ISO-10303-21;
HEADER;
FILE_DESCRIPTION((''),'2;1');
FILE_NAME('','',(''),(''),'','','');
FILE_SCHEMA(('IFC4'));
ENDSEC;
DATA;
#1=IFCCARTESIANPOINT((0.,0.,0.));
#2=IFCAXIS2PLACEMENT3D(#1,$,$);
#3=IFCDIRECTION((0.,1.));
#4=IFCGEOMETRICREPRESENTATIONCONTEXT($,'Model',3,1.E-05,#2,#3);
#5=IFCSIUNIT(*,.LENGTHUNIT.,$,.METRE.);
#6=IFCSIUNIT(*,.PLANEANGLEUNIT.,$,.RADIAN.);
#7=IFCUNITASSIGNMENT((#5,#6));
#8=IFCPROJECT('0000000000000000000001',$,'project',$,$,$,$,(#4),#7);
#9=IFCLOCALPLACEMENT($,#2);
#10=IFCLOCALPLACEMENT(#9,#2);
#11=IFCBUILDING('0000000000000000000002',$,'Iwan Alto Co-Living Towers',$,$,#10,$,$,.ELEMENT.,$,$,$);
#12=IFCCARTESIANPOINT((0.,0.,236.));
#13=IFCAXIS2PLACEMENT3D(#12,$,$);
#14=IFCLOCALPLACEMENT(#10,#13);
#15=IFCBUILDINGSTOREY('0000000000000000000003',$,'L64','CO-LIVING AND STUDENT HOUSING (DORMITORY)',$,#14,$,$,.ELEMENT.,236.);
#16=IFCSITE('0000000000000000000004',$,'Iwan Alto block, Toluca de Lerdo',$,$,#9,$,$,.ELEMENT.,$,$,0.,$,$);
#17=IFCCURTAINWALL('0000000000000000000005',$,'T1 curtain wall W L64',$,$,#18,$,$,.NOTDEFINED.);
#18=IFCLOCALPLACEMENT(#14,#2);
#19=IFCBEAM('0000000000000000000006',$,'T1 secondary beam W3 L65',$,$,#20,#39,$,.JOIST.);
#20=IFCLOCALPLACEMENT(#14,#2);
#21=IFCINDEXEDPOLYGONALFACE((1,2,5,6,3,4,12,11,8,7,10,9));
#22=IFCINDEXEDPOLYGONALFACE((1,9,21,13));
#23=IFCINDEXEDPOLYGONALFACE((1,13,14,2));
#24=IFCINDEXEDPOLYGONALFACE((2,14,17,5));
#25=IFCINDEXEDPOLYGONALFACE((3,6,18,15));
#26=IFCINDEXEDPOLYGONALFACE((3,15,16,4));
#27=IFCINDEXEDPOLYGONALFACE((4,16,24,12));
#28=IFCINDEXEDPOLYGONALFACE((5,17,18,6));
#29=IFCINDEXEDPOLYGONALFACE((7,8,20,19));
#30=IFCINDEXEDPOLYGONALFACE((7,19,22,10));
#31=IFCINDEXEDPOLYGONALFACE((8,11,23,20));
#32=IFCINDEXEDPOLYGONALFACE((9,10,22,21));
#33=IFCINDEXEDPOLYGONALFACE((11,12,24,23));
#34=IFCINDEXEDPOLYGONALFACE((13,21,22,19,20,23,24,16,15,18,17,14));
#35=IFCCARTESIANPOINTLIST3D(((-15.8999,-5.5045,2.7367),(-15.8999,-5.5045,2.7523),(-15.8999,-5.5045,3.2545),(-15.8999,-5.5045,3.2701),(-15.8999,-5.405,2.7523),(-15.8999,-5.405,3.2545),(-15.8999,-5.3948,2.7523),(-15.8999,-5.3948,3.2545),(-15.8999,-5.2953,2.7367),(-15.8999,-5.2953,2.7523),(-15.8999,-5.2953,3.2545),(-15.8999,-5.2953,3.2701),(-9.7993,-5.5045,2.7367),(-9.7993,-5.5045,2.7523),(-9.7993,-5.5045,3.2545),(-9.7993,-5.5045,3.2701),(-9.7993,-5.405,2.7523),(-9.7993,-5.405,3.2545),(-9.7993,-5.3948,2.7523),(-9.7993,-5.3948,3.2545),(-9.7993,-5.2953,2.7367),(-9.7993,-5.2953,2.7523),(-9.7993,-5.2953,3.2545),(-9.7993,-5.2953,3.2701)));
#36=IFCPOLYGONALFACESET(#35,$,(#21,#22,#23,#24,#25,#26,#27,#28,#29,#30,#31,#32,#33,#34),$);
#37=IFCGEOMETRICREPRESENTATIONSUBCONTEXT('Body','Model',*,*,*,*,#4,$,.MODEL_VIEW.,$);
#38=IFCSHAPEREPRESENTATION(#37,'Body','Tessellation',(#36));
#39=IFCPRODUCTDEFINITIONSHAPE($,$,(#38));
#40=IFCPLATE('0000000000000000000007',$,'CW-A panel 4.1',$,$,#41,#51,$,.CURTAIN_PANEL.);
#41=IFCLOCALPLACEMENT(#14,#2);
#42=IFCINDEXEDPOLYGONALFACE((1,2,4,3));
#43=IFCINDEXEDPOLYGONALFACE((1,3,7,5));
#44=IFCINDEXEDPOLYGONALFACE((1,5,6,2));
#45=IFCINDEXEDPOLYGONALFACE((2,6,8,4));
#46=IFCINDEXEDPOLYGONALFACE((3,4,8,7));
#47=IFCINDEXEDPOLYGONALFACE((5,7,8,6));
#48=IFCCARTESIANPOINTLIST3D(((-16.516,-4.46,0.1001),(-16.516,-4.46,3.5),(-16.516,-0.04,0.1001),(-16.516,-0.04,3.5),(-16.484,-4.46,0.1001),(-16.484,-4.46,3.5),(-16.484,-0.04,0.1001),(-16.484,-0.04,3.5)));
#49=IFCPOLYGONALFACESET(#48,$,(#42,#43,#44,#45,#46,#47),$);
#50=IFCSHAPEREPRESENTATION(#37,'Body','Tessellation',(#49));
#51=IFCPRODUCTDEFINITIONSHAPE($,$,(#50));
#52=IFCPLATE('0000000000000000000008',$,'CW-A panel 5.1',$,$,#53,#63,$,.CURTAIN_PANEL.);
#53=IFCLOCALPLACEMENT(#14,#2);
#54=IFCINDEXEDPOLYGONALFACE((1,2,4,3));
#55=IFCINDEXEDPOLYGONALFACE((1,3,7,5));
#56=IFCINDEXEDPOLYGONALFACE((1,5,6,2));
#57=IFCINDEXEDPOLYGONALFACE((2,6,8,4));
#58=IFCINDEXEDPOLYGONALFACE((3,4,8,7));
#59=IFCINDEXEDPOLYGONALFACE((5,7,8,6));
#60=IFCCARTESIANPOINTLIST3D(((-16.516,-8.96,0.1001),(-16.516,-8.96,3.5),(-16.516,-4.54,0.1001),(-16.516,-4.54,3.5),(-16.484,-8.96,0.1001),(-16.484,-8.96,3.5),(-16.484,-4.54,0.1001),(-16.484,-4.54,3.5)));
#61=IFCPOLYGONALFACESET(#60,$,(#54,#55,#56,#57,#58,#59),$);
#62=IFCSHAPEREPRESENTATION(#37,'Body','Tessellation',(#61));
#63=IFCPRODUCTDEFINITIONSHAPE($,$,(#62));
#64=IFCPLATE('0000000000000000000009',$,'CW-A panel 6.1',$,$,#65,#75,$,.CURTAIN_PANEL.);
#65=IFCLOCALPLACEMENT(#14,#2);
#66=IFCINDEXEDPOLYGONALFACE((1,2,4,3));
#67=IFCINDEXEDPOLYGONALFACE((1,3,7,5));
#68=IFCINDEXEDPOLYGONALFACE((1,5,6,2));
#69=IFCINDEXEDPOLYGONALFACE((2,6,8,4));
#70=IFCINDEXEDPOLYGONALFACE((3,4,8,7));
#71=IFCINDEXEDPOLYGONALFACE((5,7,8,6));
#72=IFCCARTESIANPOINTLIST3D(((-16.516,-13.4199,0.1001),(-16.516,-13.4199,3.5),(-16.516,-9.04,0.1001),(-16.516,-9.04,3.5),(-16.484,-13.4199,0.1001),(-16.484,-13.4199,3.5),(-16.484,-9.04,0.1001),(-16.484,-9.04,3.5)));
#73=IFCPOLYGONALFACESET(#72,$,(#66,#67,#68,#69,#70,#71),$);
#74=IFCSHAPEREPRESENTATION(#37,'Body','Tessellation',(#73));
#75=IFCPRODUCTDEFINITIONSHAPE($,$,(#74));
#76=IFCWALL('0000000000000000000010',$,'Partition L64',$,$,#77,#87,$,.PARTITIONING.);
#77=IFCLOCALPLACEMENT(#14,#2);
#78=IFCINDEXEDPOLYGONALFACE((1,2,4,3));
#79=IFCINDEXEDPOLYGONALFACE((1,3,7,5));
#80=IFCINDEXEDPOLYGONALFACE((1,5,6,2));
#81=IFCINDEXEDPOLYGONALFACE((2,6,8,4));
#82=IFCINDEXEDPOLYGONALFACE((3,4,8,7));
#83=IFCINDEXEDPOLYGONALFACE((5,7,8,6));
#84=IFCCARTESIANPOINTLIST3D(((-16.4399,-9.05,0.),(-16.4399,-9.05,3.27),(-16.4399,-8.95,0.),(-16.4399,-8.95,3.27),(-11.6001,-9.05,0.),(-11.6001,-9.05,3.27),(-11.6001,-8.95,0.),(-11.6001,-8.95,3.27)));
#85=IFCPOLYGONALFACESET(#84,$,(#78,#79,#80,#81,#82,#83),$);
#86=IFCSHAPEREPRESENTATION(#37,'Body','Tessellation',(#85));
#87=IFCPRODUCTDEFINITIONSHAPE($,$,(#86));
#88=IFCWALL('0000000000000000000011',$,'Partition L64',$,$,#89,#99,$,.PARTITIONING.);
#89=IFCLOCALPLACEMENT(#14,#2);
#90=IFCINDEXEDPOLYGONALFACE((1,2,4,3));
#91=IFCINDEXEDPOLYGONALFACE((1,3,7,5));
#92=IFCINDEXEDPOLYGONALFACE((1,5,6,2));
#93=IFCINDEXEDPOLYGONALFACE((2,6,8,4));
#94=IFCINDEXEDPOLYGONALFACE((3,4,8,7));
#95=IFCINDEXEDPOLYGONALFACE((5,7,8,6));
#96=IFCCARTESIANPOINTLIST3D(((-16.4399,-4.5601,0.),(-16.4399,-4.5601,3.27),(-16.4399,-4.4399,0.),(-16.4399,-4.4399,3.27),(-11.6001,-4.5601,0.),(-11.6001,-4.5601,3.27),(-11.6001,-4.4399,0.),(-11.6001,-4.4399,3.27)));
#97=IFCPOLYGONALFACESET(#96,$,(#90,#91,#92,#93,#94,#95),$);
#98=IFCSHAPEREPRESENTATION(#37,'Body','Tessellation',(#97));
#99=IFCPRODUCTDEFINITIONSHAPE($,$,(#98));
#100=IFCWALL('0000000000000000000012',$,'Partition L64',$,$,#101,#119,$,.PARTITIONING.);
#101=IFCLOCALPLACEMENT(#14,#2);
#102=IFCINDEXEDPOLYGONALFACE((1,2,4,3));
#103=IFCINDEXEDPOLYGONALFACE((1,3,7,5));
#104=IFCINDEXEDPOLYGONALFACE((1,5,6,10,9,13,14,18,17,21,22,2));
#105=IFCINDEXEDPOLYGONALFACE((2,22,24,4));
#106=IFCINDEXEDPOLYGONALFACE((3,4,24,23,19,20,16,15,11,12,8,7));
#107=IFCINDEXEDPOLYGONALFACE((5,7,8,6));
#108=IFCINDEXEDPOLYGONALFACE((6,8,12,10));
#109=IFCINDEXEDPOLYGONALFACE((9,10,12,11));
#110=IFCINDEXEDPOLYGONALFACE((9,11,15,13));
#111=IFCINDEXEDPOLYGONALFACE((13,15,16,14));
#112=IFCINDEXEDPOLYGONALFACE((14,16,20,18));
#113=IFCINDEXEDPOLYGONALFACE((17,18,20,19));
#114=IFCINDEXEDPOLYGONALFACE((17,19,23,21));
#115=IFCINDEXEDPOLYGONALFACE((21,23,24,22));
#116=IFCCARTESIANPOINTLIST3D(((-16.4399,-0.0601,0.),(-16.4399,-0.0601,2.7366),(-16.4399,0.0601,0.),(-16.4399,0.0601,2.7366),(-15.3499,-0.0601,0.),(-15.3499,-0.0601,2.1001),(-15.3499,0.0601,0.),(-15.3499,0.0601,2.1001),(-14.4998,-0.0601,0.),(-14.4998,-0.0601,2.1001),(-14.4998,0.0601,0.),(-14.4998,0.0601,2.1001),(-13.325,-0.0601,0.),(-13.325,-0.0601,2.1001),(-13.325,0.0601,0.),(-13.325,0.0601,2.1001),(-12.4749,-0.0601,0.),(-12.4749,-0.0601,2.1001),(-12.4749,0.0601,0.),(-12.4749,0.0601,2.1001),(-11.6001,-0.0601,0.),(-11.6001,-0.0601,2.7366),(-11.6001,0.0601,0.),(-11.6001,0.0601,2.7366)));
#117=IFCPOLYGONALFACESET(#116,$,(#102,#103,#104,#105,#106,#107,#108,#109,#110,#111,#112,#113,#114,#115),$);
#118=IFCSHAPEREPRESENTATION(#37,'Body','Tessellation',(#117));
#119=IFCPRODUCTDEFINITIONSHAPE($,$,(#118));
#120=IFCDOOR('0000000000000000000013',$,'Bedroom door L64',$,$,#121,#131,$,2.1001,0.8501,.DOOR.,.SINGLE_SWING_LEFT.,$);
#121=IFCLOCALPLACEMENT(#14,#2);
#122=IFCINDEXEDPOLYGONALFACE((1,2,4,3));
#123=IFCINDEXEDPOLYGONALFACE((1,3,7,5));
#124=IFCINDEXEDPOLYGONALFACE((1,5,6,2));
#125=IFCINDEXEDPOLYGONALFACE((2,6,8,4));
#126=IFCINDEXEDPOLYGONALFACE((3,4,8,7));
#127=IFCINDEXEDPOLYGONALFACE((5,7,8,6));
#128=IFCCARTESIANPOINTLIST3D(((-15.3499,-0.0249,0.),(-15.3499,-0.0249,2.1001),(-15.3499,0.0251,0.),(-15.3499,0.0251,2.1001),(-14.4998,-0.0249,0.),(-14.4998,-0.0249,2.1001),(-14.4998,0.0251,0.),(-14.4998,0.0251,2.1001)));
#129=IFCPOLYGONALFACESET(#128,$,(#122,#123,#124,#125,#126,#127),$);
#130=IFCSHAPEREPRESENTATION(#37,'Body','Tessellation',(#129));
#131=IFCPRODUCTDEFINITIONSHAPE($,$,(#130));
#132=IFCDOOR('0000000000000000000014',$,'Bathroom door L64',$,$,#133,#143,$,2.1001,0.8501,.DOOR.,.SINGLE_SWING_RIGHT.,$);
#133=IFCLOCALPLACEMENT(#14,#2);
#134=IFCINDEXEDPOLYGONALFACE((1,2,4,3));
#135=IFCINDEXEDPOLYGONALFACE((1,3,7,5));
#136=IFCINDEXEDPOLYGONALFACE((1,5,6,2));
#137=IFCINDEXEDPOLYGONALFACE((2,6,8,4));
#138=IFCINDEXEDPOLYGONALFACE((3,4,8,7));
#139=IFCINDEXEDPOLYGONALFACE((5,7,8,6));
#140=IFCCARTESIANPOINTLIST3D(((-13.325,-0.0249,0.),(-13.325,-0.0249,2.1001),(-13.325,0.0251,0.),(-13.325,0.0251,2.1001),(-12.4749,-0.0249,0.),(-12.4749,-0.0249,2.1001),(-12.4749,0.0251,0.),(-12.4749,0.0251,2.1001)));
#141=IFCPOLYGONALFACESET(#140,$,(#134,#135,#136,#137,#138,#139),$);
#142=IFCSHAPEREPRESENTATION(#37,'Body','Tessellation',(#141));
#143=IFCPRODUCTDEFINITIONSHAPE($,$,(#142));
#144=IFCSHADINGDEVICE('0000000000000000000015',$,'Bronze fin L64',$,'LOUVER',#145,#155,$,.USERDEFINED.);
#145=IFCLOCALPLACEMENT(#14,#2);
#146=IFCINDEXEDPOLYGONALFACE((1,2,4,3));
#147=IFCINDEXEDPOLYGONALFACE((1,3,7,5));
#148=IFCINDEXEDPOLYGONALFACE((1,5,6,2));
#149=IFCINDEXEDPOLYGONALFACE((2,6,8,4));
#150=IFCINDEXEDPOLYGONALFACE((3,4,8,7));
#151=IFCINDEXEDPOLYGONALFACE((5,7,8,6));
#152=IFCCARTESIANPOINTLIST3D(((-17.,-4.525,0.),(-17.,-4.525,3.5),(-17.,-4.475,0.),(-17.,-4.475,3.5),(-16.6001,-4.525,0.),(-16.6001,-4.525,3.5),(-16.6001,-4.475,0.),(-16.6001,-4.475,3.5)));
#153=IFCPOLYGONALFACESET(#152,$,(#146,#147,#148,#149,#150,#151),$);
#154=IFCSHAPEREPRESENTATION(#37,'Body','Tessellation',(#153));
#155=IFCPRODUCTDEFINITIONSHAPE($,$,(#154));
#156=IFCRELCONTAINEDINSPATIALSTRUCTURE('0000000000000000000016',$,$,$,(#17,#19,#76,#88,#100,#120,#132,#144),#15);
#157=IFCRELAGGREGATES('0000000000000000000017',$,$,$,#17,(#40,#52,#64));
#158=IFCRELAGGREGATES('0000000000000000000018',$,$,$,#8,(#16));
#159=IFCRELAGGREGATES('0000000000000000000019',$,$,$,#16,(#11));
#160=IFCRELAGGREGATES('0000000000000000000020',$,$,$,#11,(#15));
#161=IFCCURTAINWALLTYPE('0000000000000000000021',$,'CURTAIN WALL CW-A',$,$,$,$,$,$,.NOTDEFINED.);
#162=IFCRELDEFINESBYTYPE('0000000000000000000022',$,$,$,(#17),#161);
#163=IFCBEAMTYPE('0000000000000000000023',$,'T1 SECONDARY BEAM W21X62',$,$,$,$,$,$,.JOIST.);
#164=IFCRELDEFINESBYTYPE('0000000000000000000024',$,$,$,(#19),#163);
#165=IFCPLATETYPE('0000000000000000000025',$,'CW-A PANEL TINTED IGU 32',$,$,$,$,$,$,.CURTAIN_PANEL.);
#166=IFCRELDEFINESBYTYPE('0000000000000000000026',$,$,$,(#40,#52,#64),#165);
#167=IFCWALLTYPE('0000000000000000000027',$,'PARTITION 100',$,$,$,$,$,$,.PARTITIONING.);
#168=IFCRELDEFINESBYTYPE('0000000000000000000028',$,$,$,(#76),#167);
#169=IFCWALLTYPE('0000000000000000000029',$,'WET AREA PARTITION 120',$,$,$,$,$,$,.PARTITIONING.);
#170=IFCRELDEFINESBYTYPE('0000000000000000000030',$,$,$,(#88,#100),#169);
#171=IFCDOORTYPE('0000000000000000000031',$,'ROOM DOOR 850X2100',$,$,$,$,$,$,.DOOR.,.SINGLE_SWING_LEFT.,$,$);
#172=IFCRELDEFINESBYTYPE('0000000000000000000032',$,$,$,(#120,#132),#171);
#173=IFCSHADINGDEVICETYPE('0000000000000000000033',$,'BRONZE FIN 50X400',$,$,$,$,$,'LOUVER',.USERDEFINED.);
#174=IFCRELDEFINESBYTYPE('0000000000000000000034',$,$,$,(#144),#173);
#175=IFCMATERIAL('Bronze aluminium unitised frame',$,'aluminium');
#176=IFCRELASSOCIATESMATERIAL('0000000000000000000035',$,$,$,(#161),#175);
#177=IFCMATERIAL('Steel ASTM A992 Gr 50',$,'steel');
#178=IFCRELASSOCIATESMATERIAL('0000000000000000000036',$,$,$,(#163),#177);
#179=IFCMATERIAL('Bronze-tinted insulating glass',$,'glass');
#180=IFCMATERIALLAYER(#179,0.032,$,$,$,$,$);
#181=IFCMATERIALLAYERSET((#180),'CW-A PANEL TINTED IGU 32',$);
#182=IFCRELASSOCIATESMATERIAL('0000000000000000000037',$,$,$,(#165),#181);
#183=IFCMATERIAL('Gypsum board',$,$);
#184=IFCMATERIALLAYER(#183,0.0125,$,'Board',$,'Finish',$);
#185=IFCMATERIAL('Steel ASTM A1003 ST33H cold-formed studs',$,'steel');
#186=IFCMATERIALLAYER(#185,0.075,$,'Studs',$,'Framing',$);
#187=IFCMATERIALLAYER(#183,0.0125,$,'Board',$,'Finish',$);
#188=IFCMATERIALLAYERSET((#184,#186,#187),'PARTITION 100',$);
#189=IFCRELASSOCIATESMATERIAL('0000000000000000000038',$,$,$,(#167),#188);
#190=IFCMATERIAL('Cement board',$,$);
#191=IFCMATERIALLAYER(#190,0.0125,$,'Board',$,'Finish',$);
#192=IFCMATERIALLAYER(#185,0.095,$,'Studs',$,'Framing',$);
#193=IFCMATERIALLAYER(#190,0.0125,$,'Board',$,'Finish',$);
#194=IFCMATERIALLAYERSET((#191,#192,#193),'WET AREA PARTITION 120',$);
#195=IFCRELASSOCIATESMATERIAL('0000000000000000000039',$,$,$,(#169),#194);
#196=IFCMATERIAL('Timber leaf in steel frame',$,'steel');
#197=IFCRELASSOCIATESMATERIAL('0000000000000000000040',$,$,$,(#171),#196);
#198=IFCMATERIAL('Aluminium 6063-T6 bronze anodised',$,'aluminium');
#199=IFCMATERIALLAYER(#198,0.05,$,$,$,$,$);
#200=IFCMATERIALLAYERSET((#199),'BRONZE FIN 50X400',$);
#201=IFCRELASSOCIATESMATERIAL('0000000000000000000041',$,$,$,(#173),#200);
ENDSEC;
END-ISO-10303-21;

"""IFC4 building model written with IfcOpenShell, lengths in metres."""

from ifc_helpers import new_model, si_unit, direction, frame, frame_2d, origin, origin_2d, place, context, subcontext, project, spatial, rectangle, i_section, extrude, material, layer, layer_set, material_profile, profile_set, type_object, element, fill, aggregate, save


model = new_model("IFC4")

# Units and contexts
model_context = context("Model", 3, precision=1e-05, world=origin(), true_north=direction((0.0, 1.0)))
body_context = subcontext(model_context, "Body", "Model", "MODEL_VIEW")
ifc_project = project(units=[si_unit("LENGTHUNIT", "METRE"), si_unit("PLANEANGLEUNIT", "RADIAN")], contexts=[model_context])

# Site, building, storey
site_placement = place(None, origin())
site = spatial("IfcSite", under=ifc_project, at=site_placement, Name="Iwan Alto block, Toluca de Lerdo", CompositionType="ELEMENT", RefElevation=0.0)
building_placement = place(site_placement, origin())
building = spatial("IfcBuilding", under=site, at=building_placement, Name="Iwan Alto Co-Living Towers", CompositionType="ELEMENT")
storey_placement = place(building_placement, frame((0.0, 0.0, 236.0)))
storey = spatial("IfcBuildingStorey", under=building, at=storey_placement, Name="L64", Description="CO-LIVING AND STUDENT HOUSING (DORMITORY)", CompositionType="ELEMENT", Elevation=236.0)

# Curtain wall
ifc_material_1 = material(Name="Bronze aluminium unitised frame", Category="aluminium")
curtain_wall_type = type_object("IfcCurtainWallType", Name="CURTAIN WALL CW-A", PredefinedType="NOTDEFINED", material=ifc_material_1)
curtain_wall_placement = place(storey_placement, origin())
curtain_wall = element("IfcCurtainWall", 1, at=curtain_wall_placement, inside=storey, type_object=curtain_wall_type, Name="T1 curtain wall W L64", PredefinedType="NOTDEFINED")

# Beam
ifc_material_2 = material(Name="Steel ASTM A992 Gr 50", Category="steel")
ifc_material_profile_1 = material_profile(ifc_material_2, i_section(OverallWidth=0.2092, OverallDepth=0.5334, WebThickness=0.0103, FlangeThickness=0.0156, at=origin_2d()), Name="W21X62")
ifc_profile_set_1 = profile_set([ifc_material_profile_1], Name="Steel ASTM A992 Gr 50")
beam_type_1 = type_object("IfcBeamType", Name="T1 SECONDARY BEAM W21X62", PredefinedType="JOIST", material=ifc_profile_set_1)
beam_1_placement = place(storey_placement, frame((-15.8999, -5.3999, 3.0034), z_axis=(1.0, 0.0, 0.0), x_axis=(0.0, 1.0, 0.0)))
element("IfcBeam", 2, at=beam_1_placement, inside=storey, type_object=beam_type_1, Name="T1 secondary beam W3 L65", PredefinedType="JOIST", context=body_context, shape_type="SweptSolid", body=[
    extrude(i_section(OverallWidth=0.2092, OverallDepth=0.5334, WebThickness=0.0103, FlangeThickness=0.0156, at=origin_2d()), origin(), (0.0, 0.0, 1.0), 6.1006),
])

# Plates
ifc_material_3 = material(Name="Bronze-tinted insulating glass", Category="glass")
ifc_layer_1 = layer(ifc_material_3, 0.032)
ifc_layer_set_1 = layer_set([ifc_layer_1], Name="CW-A PANEL TINTED IGU 32")
plate_type = type_object("IfcPlateType", Name="CW-A PANEL TINTED IGU 32", PredefinedType="CURTAIN_PANEL", material=ifc_layer_set_1)
plate_1_placement = place(storey_placement, frame((-16.5, -2.25, 0.1001), z_axis=(0.0, 0.0, 1.0), x_axis=(0.0, -1.0, 0.0)))
plate_1 = element("IfcPlate", 3, at=plate_1_placement, type_object=plate_type, Name="CW-A panel 4.1", PredefinedType="CURTAIN_PANEL", context=body_context, shape_type="SweptSolid", body=[
    extrude(rectangle(XDim=4.4199, YDim=0.032, at=origin_2d()), origin(), (0.0, 0.0, 1.0), 3.3999),
])
plate_2_placement = place(storey_placement, frame((-16.5, -6.75, 0.1001), z_axis=(0.0, 0.0, 1.0), x_axis=(0.0, -1.0, 0.0)))
plate_2 = element("IfcPlate", 4, at=plate_2_placement, type_object=plate_type, Name="CW-A panel 5.1", PredefinedType="CURTAIN_PANEL", context=body_context, shape_type="SweptSolid", body=[
    extrude(rectangle(XDim=4.4199, YDim=0.032, at=origin_2d()), origin(), (0.0, 0.0, 1.0), 3.3999),
])
plate_3_placement = place(storey_placement, frame((-16.5, -11.23, 0.1001), z_axis=(0.0, 0.0, 1.0), x_axis=(0.0, -1.0, 0.0)))
plate_3 = element("IfcPlate", 5, at=plate_3_placement, type_object=plate_type, Name="CW-A panel 6.1", PredefinedType="CURTAIN_PANEL", context=body_context, shape_type="SweptSolid", body=[
    extrude(rectangle(XDim=4.3799, YDim=0.032, at=origin_2d()), origin(), (0.0, 0.0, 1.0), 3.3999),
])
aggregate(curtain_wall, [plate_1, plate_2, plate_3])

# Walls
ifc_material_4 = material(Name="Gypsum board")
ifc_layer_2 = layer(ifc_material_4, 0.0125, Name="Board", Category="Finish")
ifc_material_5 = material(Name="Steel ASTM A1003 ST33H cold-formed studs", Category="steel")
ifc_layer_3 = layer(ifc_material_5, 0.075, Name="Studs", Category="Framing")
ifc_layer_4 = layer(ifc_material_4, 0.0125, Name="Board", Category="Finish")
ifc_layer_set_2 = layer_set([ifc_layer_2, ifc_layer_3, ifc_layer_4], Name="PARTITION 100")
wall_type_1 = type_object("IfcWallType", Name="PARTITION 100", PredefinedType="PARTITIONING", material=ifc_layer_set_2)
wall_1_placement = place(storey_placement, frame((-16.4399, -9.0, 0.0), z_axis=(0.0, 0.0, 1.0), x_axis=(1.0, 0.0, 0.0)))
element("IfcWall", 6, at=wall_1_placement, inside=storey, type_object=wall_type_1, Name="Partition L64", PredefinedType="PARTITIONING", context=body_context, shape_type="SweptSolid", body=[
    extrude(rectangle(XDim=4.8398, YDim=0.1001, at=frame_2d((2.4199, 0.0))), origin(), (0.0, 0.0, 1.0), 3.27),
])
ifc_material_6 = material(Name="Cement board")
ifc_layer_5 = layer(ifc_material_6, 0.0125, Name="Board", Category="Finish")
ifc_layer_6 = layer(ifc_material_5, 0.095, Name="Studs", Category="Framing")
ifc_layer_7 = layer(ifc_material_6, 0.0125, Name="Board", Category="Finish")
ifc_layer_set_3 = layer_set([ifc_layer_5, ifc_layer_6, ifc_layer_7], Name="WET AREA PARTITION 120")
wall_type_2 = type_object("IfcWallType", Name="WET AREA PARTITION 120", PredefinedType="PARTITIONING", material=ifc_layer_set_3)
wall_2_placement = place(storey_placement, frame((-16.4399, -4.5, 0.0), z_axis=(0.0, 0.0, 1.0), x_axis=(1.0, 0.0, 0.0)))
element("IfcWall", 7, at=wall_2_placement, inside=storey, type_object=wall_type_2, Name="Partition L64", PredefinedType="PARTITIONING", context=body_context, shape_type="SweptSolid", body=[
    extrude(rectangle(XDim=4.8398, YDim=0.1201, at=frame_2d((2.4199, 0.0))), origin(), (0.0, 0.0, 1.0), 3.27),
])

# Wall, openings, doors
wall_3_placement = place(storey_placement, frame((-16.4399, 0.0, 0.0), z_axis=(0.0, 0.0, 1.0), x_axis=(1.0, 0.0, 0.0)))
wall_3 = element("IfcWall", 8, at=wall_3_placement, inside=storey, type_object=wall_type_2, Name="Partition L64", PredefinedType="PARTITIONING", context=body_context, shape_type="SweptSolid", body=[
    extrude(rectangle(XDim=4.8398, YDim=0.1201, at=frame_2d((2.4199, 0.0))), origin(), (0.0, 0.0, 1.0), 2.7366),
])
opening_1_placement = place(wall_3_placement, frame((1.0901, 0.0, 0.0)))
opening_1 = element("IfcOpeningElement", 9, at=opening_1_placement, cuts=wall_3, PredefinedType="OPENING", context=body_context, shape_type="SweptSolid", body=[
    extrude(rectangle(XDim=0.8501, YDim=2.1001, at=frame_2d((0.425, 1.05))), frame((0.0, 0.0701, 0.0), z_axis=(0.0, -1.0, 0.0), x_axis=(1.0, 0.0, 0.0)), (0.0, 0.0, 1.0), 0.1401),
])
opening_2_placement = place(wall_3_placement, frame((3.115, 0.0, 0.0)))
opening_2 = element("IfcOpeningElement", 10, at=opening_2_placement, cuts=wall_3, PredefinedType="OPENING", context=body_context, shape_type="SweptSolid", body=[
    extrude(rectangle(XDim=0.8501, YDim=2.1001, at=frame_2d((0.425, 1.05))), frame((0.0, 0.0701, 0.0), z_axis=(0.0, -1.0, 0.0), x_axis=(1.0, 0.0, 0.0)), (0.0, 0.0, 1.0), 0.1401),
])
ifc_material_7 = material(Name="Timber leaf in steel frame", Category="steel")
door_type = type_object("IfcDoorType", Name="ROOM DOOR 850X2100", OperationType="SINGLE_SWING_LEFT", PredefinedType="DOOR", material=ifc_material_7)
door_1_placement = place(opening_1_placement, frame((0.8501, 0.0, 0.0), z_axis=(0.0, 0.0, 1.0), x_axis=(-1.0, 0.0, 0.0)))
door_1 = element("IfcDoor", 11, at=door_1_placement, inside=storey, type_object=door_type, Name="Bedroom door L64", OperationType="SINGLE_SWING_LEFT", OverallHeight=2.1001, OverallWidth=0.8501, PredefinedType="DOOR", context=body_context, shape_type="SweptSolid", body=[
    extrude(rectangle(XDim=0.8501, YDim=2.1001, at=frame_2d((0.425, 1.05))), frame((0.0, 0.0249, 0.0), z_axis=(0.0, -1.0, 0.0), x_axis=(1.0, 0.0, 0.0)), (0.0, 0.0, 1.0), 0.05),
])
fill(opening_1, door_1)
door_2_placement = place(opening_2_placement, frame((0.8501, 0.0, 0.0), z_axis=(0.0, 0.0, 1.0), x_axis=(-1.0, 0.0, 0.0)))
door_2 = element("IfcDoor", 12, at=door_2_placement, inside=storey, type_object=door_type, Name="Bathroom door L64", OperationType="SINGLE_SWING_RIGHT", OverallHeight=2.1001, OverallWidth=0.8501, PredefinedType="DOOR", context=body_context, shape_type="SweptSolid", body=[
    extrude(rectangle(XDim=0.8501, YDim=2.1001, at=frame_2d((0.425, 1.05))), frame((0.0, 0.0249, 0.0), z_axis=(0.0, -1.0, 0.0), x_axis=(1.0, 0.0, 0.0)), (0.0, 0.0, 1.0), 0.05),
])
fill(opening_2, door_2)

# Shading device
ifc_material_8 = material(Name="Aluminium 6063-T6 bronze anodised", Category="aluminium")
ifc_layer_8 = layer(ifc_material_8, 0.05)
ifc_layer_set_4 = layer_set([ifc_layer_8], Name="BRONZE FIN 50X400")
shading_device_type = type_object("IfcShadingDeviceType", Name="BRONZE FIN 50X400", ElementType="LOUVER", PredefinedType="USERDEFINED", material=ifc_layer_set_4)
shading_device_placement = place(storey_placement, frame((-16.8, -4.5, 0.0), z_axis=(0.0, 0.0, 1.0), x_axis=(0.0, -1.0, 0.0)))
element("IfcShadingDevice", 13, at=shading_device_placement, inside=storey, type_object=shading_device_type, Name="Bronze fin L64", ObjectType="LOUVER", PredefinedType="USERDEFINED", context=body_context, shape_type="SweptSolid", body=[
    extrude(rectangle(XDim=0.05, YDim=0.3999, at=origin_2d()), origin(), (0.0, 0.0, 1.0), 3.5),
])

save(model, "model.ifc")
